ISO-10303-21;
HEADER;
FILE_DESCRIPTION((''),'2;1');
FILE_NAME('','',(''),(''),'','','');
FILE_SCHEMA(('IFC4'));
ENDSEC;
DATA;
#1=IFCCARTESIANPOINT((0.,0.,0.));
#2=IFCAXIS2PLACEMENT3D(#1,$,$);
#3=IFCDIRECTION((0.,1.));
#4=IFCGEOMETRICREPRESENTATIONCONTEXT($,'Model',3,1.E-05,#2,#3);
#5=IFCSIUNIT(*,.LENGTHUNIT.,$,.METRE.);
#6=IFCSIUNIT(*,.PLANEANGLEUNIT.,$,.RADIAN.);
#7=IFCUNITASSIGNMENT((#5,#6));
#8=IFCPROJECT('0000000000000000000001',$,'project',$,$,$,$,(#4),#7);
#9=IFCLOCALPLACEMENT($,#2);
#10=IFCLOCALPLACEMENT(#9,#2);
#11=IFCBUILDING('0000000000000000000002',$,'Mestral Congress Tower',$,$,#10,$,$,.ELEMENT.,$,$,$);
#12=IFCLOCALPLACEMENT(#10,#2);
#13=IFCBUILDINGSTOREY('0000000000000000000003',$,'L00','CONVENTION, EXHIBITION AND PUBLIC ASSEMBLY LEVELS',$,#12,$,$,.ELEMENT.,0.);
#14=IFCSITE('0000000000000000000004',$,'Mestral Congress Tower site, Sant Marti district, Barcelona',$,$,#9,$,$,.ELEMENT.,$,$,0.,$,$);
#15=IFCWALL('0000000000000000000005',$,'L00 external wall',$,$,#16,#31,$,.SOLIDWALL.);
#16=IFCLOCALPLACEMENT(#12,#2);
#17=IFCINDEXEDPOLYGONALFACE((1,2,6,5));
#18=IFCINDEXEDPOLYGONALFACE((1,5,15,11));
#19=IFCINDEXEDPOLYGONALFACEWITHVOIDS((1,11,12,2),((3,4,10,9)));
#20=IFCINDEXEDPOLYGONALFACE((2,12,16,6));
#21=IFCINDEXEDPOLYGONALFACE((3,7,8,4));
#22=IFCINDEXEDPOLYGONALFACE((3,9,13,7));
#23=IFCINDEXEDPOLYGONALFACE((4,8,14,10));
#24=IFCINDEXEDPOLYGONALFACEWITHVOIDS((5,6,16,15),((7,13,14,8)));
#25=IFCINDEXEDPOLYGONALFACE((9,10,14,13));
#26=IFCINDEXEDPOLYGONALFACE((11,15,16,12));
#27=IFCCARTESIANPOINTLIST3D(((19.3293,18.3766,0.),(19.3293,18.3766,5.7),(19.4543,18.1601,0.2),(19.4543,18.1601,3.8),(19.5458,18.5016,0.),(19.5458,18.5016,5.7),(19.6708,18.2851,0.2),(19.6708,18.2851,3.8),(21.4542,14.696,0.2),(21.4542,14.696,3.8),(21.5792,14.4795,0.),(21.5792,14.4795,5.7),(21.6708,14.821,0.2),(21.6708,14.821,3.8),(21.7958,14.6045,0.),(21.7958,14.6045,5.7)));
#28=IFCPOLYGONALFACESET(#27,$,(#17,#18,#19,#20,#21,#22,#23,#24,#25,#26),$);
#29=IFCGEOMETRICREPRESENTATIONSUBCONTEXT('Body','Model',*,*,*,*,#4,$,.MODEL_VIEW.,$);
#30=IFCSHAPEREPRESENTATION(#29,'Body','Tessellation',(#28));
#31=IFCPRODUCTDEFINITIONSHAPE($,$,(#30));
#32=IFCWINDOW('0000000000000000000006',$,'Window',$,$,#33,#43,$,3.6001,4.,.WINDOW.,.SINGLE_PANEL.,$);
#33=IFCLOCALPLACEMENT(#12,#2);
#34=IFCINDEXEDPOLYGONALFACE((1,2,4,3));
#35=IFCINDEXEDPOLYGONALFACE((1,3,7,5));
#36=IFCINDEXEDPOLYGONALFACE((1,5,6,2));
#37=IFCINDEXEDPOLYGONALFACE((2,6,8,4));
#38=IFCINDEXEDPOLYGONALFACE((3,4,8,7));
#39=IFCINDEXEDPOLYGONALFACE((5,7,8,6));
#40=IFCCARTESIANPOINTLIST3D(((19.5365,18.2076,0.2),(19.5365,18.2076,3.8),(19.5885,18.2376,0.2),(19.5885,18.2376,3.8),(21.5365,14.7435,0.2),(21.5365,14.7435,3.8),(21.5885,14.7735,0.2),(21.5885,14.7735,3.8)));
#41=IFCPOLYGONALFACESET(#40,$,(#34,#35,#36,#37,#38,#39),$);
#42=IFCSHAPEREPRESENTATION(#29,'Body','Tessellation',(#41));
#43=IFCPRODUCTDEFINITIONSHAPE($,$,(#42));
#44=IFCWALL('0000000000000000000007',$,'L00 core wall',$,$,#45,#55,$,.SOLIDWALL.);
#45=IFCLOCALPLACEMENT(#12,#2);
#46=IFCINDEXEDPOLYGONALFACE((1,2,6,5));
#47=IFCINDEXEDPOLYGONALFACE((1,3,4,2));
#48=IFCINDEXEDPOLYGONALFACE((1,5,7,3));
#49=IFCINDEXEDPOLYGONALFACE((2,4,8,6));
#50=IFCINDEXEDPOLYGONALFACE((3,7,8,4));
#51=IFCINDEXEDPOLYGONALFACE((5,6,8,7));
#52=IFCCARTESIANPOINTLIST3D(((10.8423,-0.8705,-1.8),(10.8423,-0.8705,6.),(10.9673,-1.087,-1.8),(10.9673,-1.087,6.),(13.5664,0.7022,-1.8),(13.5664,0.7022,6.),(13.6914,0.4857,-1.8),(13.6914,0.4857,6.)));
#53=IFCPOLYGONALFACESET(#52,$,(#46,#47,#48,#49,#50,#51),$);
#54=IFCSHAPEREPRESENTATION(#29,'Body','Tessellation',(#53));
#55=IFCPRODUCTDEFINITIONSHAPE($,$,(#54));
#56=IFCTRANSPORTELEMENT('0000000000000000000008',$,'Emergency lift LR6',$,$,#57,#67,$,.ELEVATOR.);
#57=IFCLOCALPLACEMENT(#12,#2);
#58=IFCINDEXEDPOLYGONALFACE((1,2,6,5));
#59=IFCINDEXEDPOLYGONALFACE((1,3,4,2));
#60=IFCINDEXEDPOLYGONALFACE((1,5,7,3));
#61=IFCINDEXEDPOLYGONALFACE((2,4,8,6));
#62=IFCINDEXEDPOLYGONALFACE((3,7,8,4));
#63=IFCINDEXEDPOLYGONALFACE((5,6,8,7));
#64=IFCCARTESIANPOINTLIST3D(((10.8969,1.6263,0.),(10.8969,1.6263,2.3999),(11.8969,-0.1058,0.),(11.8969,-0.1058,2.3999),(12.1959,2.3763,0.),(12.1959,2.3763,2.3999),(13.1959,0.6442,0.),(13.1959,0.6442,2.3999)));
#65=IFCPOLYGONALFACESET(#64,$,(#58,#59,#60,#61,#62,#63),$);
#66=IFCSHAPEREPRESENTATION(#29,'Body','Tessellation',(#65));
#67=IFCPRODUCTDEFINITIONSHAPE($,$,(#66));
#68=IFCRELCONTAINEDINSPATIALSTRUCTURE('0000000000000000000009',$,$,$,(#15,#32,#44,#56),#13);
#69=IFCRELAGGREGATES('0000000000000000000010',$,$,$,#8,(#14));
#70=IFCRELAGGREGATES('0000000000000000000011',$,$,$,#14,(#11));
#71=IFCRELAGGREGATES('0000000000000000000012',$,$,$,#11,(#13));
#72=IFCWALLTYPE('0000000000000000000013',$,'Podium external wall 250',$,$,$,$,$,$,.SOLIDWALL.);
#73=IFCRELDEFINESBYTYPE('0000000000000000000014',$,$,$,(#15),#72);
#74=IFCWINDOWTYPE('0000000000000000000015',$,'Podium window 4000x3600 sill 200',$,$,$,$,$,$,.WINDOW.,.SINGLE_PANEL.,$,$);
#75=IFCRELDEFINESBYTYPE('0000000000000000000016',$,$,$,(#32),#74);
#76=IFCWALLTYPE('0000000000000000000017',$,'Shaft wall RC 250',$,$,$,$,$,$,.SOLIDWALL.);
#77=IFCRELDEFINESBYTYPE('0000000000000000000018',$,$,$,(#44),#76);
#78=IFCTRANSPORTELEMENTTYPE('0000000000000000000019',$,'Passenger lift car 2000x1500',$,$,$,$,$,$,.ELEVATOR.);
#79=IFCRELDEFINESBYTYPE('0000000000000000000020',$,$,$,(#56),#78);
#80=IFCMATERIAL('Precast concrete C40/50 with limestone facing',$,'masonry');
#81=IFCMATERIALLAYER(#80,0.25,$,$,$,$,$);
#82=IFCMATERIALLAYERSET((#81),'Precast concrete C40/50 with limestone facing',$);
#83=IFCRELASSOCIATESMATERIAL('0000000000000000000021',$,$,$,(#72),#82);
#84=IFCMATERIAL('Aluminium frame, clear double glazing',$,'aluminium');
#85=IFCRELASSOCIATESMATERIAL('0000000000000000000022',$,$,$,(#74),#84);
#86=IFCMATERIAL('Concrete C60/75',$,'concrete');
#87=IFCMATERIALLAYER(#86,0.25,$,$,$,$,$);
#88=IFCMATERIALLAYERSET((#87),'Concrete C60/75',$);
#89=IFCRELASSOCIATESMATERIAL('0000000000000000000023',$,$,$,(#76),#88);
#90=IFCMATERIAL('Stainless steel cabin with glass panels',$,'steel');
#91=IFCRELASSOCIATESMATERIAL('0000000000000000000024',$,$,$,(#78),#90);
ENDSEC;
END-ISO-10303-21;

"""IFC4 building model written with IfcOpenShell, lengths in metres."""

from ifc_helpers import new_model, si_unit, direction, frame, frame_2d, origin, origin_2d, place, context, subcontext, project, spatial, rectangle, extrude, material, layer, layer_set, type_object, element, fill, save


model = new_model("IFC4")

# Units and contexts
model_context = context("Model", 3, precision=1e-05, world=origin(), true_north=direction((0.0, 1.0)))
body_context = subcontext(model_context, "Body", "Model", "MODEL_VIEW")
ifc_project = project(units=[si_unit("LENGTHUNIT", "METRE"), si_unit("PLANEANGLEUNIT", "RADIAN")], contexts=[model_context])

# Site, building, storey
site_placement = place(None, origin())
site = spatial("IfcSite", under=ifc_project, at=site_placement, Name="Mestral Congress Tower site, Sant Marti district, Barcelona", CompositionType="ELEMENT", RefElevation=0.0)
building_placement = place(site_placement, origin())
building = spatial("IfcBuilding", under=site, at=building_placement, Name="Mestral Congress Tower", CompositionType="ELEMENT")
storey_placement = place(building_placement, origin())
storey = spatial("IfcBuildingStorey", under=building, at=storey_placement, Name="L00", Description="CONVENTION, EXHIBITION AND PUBLIC ASSEMBLY LEVELS", CompositionType="ELEMENT", Elevation=0.0)

# Shared definitions
ifc_material_1 = material(Name="Precast concrete C40/50 with limestone facing", Category="masonry")
ifc_layer_1 = layer(ifc_material_1, 0.25)
ifc_layer_set_1 = layer_set([ifc_layer_1], Name="Precast concrete C40/50 with limestone facing")
wall_type_1 = type_object("IfcWallType", Name="Podium external wall 250", PredefinedType="SOLIDWALL", material=ifc_layer_set_1)

# Wall, opening, window
wall_1_placement = place(storey_placement, frame((21.6875, 14.542, 0.0), z_axis=(0.0, 0.0, 1.0), x_axis=(-0.49999, 0.866031, 0.0)))
wall_1 = element("IfcWall", 1, at=wall_1_placement, inside=storey, type_object=wall_type_1, Name="L00 external wall", PredefinedType="SOLIDWALL", context=body_context, shape_type="SweptSolid", body=[
    extrude(rectangle(XDim=4.5, YDim=0.25, at=frame_2d((2.25, 0.0))), origin(), (0.0, 0.0, 1.0), 5.7),
])
opening_1_placement = place(wall_1_placement, frame((0.25, 0.0, 0.2)))
opening_1 = element("IfcOpeningElement", 2, at=opening_1_placement, cuts=wall_1, PredefinedType="OPENING", context=body_context, shape_type="SweptSolid", body=[
    extrude(rectangle(XDim=4.0, YDim=3.6001, at=frame_2d((2.0, 1.8))), frame((0.0, 0.135, 0.0), z_axis=(0.0, -1.0, 0.0), x_axis=(1.0, 0.0, 0.0)), (0.0, 0.0, 1.0), 0.27),
])
ifc_material_2 = material(Name="Aluminium frame, clear double glazing", Category="aluminium")
window_type = type_object("IfcWindowType", Name="Podium window 4000x3600 sill 200", PartitioningType="SINGLE_PANEL", PredefinedType="WINDOW", material=ifc_material_2)
window_placement = place(opening_1_placement, origin())
window = element("IfcWindow", 3, at=window_placement, inside=storey, type_object=window_type, Name="Window", OverallHeight=3.6001, OverallWidth=4.0, PartitioningType="SINGLE_PANEL", PredefinedType="WINDOW", context=body_context, shape_type="SweptSolid", body=[
    extrude(rectangle(XDim=4.0, YDim=3.6001, at=frame_2d((2.0, 1.8))), frame((0.0, 0.03, 0.0), z_axis=(0.0, -1.0, 0.0), x_axis=(1.0, 0.0, 0.0)), (0.0, 0.0, 1.0), 0.0601),
])
fill(opening_1, window)

# Wall
ifc_material_3 = material(Name="Concrete C60/75", Category="concrete")
ifc_layer_2 = layer(ifc_material_3, 0.25)
ifc_layer_set_2 = layer_set([ifc_layer_2], Name="Concrete C60/75")
wall_type_2 = type_object("IfcWallType", Name="Shaft wall RC 250", PredefinedType="SOLIDWALL", material=ifc_layer_set_2)
wall_2_placement = place(storey_placement, frame((13.6289, 0.594, -1.8), z_axis=(0.0, 0.0, 1.0), x_axis=(-0.866028, -0.499996, 0.0)))
element("IfcWall", 4, at=wall_2_placement, inside=storey, type_object=wall_type_2, Name="L00 core wall", PredefinedType="SOLIDWALL", context=body_context, shape_type="SweptSolid", body=[
    extrude(rectangle(XDim=3.1455, YDim=0.25, at=frame_2d((1.5728, 0.0))), origin(), (0.0, 0.0, 1.0), 7.8),
])

# Transport element
ifc_material_4 = material(Name="Stainless steel cabin with glass panels", Category="steel")
transport_element_type = type_object("IfcTransportElementType", Name="Passenger lift car 2000x1500", PredefinedType="ELEVATOR", material=ifc_material_4)
transport_element_placement = place(storey_placement, frame((12.0464, 1.1353, 0.0), z_axis=(0.0, 0.0, 1.0), x_axis=(0.866025, 0.5, 0.0)))
element("IfcTransportElement", 5, at=transport_element_placement, inside=storey, type_object=transport_element_type, Name="Emergency lift LR6", PredefinedType="ELEVATOR", context=body_context, shape_type="SweptSolid", body=[
    extrude(rectangle(XDim=1.5, YDim=2.0, at=origin_2d()), origin(), (0.0, 0.0, 1.0), 2.3999),
])

save(model, "model.ifc")
